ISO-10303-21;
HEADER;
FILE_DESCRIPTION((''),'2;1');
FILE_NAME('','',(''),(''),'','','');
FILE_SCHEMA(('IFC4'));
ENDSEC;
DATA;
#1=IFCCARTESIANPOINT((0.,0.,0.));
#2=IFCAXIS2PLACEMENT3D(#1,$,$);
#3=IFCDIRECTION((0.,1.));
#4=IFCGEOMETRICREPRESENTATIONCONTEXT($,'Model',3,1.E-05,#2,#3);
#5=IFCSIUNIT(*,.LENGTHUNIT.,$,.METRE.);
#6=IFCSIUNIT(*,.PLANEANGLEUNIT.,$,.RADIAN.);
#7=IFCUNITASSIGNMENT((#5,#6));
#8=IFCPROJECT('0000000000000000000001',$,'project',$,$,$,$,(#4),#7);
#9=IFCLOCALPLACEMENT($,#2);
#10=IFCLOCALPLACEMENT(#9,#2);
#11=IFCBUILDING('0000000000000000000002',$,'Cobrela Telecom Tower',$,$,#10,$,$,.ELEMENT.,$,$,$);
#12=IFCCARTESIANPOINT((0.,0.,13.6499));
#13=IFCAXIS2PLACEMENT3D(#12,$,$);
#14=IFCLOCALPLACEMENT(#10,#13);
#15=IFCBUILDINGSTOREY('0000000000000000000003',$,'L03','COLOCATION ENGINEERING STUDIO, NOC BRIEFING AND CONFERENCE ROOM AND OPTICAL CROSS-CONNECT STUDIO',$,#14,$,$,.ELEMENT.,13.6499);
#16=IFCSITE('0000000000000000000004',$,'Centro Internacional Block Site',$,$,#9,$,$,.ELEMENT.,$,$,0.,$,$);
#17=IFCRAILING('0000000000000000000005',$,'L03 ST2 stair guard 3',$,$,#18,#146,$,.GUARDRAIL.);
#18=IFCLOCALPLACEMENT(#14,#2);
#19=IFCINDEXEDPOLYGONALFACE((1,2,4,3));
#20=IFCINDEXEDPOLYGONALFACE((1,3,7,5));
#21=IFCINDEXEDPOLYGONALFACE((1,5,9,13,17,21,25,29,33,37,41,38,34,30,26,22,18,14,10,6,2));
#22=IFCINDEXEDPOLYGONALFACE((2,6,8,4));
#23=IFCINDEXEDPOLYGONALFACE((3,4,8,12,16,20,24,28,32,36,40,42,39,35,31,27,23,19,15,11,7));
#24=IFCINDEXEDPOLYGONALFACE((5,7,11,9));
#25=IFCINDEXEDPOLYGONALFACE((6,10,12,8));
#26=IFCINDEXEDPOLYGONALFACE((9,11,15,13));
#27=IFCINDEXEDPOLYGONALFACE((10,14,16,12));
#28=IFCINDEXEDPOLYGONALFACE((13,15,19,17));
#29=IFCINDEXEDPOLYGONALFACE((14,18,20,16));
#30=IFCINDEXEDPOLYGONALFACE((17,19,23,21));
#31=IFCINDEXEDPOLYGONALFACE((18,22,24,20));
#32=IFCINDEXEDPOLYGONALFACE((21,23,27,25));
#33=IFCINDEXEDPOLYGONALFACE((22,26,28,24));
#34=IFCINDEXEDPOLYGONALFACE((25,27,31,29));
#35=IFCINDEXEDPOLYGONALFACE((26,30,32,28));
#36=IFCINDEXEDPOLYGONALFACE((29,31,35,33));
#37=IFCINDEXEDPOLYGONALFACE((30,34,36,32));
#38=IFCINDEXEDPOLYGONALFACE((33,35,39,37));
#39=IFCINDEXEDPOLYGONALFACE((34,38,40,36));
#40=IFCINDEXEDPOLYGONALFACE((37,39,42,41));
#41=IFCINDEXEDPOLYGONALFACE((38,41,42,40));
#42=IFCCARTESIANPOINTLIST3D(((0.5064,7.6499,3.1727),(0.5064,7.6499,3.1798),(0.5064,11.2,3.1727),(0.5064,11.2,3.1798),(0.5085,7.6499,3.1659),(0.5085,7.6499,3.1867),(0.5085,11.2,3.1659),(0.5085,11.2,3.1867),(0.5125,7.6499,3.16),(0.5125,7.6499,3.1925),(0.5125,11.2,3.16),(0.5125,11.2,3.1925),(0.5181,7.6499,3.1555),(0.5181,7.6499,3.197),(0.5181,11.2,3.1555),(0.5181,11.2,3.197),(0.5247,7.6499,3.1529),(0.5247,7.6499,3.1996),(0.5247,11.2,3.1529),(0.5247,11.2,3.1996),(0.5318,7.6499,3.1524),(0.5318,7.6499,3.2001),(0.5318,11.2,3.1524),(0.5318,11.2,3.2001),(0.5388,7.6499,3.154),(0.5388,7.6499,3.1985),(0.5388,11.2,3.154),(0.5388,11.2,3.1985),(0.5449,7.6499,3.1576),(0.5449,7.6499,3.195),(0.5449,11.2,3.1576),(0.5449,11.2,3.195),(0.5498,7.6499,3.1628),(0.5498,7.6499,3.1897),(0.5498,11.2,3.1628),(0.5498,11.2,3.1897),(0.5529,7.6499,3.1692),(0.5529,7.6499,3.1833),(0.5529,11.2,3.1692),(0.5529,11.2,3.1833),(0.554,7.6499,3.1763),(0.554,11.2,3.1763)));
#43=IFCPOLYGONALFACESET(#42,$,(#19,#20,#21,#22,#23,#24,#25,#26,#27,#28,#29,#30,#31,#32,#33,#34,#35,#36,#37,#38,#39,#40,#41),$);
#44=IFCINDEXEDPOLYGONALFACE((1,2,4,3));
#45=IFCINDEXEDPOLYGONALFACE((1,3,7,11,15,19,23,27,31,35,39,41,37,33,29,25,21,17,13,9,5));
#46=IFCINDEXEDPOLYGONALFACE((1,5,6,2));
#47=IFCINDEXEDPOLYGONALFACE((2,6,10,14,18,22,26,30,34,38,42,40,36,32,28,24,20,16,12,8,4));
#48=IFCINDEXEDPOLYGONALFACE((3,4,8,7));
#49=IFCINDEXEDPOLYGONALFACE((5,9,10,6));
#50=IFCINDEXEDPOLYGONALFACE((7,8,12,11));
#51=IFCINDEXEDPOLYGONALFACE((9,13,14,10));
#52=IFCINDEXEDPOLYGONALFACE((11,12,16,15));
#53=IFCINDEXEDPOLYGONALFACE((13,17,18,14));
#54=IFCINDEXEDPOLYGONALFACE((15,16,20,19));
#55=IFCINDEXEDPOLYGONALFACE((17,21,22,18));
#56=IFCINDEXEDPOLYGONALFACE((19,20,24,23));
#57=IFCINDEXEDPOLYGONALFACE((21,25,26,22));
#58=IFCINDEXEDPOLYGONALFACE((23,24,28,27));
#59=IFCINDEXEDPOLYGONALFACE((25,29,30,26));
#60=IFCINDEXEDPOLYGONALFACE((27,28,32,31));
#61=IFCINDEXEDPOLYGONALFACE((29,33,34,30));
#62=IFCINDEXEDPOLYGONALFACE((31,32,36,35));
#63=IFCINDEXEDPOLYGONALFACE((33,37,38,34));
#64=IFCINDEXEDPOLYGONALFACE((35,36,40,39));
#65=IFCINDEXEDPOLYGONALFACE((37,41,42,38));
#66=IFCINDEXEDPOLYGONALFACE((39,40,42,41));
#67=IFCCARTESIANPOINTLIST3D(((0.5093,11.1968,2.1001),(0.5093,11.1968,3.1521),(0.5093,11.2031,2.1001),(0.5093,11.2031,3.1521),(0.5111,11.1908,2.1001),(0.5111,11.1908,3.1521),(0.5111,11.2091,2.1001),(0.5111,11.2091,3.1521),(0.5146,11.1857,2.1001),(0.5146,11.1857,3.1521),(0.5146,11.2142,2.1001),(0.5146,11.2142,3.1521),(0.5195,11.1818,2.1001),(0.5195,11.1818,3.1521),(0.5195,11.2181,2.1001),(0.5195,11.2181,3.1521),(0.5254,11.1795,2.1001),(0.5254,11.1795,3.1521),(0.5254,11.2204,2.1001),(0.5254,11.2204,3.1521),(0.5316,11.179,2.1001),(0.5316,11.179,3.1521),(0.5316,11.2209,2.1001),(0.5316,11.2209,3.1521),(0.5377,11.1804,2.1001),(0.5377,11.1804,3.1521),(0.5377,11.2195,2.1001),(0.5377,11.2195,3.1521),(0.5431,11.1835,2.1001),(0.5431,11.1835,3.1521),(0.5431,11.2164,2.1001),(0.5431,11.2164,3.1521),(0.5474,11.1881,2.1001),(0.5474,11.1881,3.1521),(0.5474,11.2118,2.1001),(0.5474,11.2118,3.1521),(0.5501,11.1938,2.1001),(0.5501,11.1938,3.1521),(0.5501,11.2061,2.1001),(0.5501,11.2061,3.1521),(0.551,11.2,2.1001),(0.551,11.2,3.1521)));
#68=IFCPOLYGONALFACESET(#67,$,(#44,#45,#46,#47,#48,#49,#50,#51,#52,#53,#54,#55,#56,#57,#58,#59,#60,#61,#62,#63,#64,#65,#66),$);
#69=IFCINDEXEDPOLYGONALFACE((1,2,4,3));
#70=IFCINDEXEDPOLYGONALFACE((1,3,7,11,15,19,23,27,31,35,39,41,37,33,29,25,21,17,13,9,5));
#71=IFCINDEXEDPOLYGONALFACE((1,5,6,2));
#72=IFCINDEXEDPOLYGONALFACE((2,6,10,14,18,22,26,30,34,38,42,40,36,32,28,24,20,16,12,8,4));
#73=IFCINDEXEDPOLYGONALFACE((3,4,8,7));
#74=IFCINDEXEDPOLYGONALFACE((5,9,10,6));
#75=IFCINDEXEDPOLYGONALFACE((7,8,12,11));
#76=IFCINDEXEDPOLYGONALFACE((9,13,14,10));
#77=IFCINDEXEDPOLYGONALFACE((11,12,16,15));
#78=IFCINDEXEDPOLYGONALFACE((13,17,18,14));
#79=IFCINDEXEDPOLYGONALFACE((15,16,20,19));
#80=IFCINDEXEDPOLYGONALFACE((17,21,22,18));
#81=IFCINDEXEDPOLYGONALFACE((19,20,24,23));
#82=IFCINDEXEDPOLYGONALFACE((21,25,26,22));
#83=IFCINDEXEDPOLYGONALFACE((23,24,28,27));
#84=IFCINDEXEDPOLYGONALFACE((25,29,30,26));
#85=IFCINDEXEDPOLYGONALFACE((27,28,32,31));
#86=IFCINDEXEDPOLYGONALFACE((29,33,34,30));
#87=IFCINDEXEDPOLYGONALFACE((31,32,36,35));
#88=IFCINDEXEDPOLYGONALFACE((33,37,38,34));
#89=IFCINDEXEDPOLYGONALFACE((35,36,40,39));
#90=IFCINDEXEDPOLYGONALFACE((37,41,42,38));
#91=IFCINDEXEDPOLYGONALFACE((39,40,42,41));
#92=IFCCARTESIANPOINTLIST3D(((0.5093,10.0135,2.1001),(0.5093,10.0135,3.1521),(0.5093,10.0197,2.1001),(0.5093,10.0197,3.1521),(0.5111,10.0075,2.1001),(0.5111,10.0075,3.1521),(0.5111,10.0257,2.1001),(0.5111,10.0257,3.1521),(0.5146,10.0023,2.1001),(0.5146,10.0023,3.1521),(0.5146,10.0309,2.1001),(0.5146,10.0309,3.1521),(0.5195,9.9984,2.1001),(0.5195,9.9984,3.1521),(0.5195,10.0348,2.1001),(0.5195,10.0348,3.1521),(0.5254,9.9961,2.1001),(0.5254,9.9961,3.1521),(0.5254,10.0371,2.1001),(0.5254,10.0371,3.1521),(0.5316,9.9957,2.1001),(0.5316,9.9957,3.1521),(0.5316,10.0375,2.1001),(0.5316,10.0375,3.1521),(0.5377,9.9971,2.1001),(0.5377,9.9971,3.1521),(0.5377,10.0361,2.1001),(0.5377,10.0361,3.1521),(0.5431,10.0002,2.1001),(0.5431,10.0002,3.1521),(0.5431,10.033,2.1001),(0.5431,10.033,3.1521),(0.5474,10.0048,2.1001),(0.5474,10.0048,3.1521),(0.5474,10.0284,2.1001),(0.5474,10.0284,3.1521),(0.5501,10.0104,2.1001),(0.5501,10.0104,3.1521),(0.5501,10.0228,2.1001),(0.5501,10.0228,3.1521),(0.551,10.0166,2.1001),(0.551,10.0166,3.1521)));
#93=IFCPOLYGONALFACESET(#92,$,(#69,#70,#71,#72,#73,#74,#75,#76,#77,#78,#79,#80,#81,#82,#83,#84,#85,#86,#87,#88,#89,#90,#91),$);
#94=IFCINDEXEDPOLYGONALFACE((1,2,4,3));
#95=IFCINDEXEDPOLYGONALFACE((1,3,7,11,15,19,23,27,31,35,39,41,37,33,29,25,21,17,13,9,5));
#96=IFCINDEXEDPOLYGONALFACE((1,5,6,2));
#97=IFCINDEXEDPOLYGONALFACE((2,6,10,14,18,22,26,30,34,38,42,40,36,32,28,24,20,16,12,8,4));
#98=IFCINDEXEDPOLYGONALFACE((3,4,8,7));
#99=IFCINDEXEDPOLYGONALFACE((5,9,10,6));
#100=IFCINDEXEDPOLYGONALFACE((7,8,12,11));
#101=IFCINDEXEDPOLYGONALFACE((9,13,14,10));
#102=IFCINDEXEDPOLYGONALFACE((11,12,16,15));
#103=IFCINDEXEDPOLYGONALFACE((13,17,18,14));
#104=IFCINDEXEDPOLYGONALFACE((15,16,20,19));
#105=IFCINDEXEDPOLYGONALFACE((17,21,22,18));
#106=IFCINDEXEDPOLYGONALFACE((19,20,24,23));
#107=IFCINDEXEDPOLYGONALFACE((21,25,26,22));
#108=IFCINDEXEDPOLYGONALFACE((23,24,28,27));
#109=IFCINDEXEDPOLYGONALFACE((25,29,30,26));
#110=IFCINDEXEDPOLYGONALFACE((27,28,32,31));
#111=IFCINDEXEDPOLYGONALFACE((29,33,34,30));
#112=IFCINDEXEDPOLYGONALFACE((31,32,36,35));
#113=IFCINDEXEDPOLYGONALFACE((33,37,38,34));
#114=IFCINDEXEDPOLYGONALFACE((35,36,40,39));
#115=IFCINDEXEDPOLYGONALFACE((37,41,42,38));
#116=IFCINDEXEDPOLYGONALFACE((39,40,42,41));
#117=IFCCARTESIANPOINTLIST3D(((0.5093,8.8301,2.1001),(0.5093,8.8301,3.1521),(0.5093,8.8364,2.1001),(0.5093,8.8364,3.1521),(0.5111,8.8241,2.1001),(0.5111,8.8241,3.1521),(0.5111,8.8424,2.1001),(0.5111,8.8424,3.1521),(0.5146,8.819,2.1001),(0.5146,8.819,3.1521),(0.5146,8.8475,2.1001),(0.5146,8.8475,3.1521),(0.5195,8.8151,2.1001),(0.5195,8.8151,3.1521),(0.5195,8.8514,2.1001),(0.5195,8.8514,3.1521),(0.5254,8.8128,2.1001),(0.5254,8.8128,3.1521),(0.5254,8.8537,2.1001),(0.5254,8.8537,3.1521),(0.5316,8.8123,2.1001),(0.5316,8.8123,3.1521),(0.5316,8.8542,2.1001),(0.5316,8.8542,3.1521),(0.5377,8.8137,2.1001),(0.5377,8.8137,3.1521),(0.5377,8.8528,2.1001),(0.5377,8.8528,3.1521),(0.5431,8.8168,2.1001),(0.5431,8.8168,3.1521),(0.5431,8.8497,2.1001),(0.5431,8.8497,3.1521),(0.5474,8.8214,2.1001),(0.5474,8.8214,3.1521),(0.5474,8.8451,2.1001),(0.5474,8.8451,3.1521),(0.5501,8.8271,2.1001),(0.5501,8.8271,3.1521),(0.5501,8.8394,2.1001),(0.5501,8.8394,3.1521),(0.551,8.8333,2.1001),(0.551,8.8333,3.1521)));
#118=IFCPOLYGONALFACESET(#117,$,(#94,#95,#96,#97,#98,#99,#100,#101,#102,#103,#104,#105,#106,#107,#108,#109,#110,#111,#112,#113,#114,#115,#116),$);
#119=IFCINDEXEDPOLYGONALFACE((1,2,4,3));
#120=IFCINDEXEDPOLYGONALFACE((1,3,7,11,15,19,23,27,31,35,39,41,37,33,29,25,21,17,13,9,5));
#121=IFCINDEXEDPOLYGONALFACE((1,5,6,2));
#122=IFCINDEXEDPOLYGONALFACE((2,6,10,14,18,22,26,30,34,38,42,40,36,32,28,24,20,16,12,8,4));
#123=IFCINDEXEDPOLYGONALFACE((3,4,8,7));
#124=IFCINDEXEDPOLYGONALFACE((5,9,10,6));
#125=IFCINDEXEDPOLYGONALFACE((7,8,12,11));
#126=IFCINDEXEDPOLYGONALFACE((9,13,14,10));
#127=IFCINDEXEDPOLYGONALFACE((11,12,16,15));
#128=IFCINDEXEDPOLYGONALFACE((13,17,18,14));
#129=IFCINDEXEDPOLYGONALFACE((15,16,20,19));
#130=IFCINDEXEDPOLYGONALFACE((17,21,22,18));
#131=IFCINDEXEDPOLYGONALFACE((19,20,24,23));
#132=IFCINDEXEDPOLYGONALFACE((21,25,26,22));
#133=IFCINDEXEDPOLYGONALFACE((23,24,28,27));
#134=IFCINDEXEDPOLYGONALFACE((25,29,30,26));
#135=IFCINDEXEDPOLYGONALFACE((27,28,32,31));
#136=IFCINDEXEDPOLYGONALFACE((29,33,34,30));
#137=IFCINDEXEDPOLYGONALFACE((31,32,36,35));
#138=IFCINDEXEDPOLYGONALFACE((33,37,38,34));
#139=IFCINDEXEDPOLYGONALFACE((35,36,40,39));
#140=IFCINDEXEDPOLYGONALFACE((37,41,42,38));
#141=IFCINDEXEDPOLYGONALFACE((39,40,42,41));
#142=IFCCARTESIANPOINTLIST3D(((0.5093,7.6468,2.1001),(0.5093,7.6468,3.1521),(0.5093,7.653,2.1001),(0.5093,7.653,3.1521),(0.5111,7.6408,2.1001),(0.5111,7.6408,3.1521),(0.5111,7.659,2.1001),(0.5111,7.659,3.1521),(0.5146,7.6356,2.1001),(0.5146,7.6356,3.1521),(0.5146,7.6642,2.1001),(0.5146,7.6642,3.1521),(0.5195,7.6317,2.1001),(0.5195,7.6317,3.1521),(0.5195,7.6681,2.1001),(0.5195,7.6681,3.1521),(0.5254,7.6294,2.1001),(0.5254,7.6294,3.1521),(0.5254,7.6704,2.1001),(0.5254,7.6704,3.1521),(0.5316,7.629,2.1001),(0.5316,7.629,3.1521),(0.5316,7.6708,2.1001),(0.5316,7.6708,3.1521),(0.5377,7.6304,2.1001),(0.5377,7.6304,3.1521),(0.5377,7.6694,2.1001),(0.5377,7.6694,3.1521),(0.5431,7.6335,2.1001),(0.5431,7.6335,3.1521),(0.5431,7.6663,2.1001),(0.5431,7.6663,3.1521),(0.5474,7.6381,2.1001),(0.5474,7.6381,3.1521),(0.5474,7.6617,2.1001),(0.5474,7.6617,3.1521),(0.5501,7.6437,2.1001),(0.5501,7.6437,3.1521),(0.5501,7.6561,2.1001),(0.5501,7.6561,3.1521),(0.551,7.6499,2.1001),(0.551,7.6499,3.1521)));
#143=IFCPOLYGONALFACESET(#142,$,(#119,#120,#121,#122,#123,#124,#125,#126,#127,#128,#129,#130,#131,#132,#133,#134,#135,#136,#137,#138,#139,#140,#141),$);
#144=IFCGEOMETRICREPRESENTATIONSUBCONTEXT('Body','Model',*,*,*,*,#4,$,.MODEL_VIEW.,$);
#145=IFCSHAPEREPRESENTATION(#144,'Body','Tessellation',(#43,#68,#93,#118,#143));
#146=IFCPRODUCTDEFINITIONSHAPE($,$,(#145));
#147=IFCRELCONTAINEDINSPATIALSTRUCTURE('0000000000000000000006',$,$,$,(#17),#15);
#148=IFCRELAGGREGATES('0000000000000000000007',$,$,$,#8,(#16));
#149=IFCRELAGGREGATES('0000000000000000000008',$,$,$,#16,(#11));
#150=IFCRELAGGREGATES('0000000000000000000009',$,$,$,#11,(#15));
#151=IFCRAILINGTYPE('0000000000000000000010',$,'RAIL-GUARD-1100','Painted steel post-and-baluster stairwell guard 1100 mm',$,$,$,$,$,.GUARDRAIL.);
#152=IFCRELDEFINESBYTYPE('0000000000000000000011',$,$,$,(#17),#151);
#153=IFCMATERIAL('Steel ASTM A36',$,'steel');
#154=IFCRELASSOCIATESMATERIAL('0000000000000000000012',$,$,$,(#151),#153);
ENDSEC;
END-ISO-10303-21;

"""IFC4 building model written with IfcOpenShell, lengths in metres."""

from ifc_helpers import new_model, si_unit, direction, frame, origin, origin_2d, place, context, subcontext, project, spatial, circle, extrude, material, type_object, element, save


model = new_model("IFC4")

# Units and contexts
model_context = context("Model", 3, precision=1e-05, world=origin(), true_north=direction((0.0, 1.0)))
body_context = subcontext(model_context, "Body", "Model", "MODEL_VIEW")
ifc_project = project(units=[si_unit("LENGTHUNIT", "METRE"), si_unit("PLANEANGLEUNIT", "RADIAN")], contexts=[model_context])

# Site, building, storey
site_placement = place(None, origin())
site = spatial("IfcSite", under=ifc_project, at=site_placement, Name="Centro Internacional Block Site", CompositionType="ELEMENT", RefElevation=0.0)
building_placement = place(site_placement, origin())
building = spatial("IfcBuilding", under=site, at=building_placement, Name="Cobrela Telecom Tower", CompositionType="ELEMENT")
storey_placement = place(building_placement, frame((0.0, 0.0, 13.6499)))
storey = spatial("IfcBuildingStorey", under=building, at=storey_placement, Name="L03", Description="COLOCATION ENGINEERING STUDIO, NOC BRIEFING AND CONFERENCE ROOM AND OPTICAL CROSS-CONNECT STUDIO", CompositionType="ELEMENT", Elevation=13.6499)

# Railing
ifc_material_1 = material(Name="Steel ASTM A36", Category="steel")
railing_type_1 = type_object("IfcRailingType", Name="RAIL-GUARD-1100", Description="Painted steel post-and-baluster stairwell guard 1100 mm", PredefinedType="GUARDRAIL", material=ifc_material_1)
railing_1_placement = place(storey_placement, frame((0.53, 11.2, 2.1001)))
element("IfcRailing", 1, at=railing_1_placement, inside=storey, type_object=railing_type_1, Name="L03 ST2 stair guard 3", PredefinedType="GUARDRAIL", context=body_context, shape_type="SweptSolid", body=[
    extrude(circle(Radius=0.0239, at=origin_2d()), frame((0.0, 0.0, 1.0762), z_axis=(0.0, -1.0, 0.0), x_axis=(1.0, 0.0, 0.0)), (0.0, 0.0, 1.0), 3.55),
    extrude(circle(Radius=0.021, at=origin_2d()), origin(), (0.0, 0.0, 1.0), 1.052),
    extrude(circle(Radius=0.021, at=origin_2d()), frame((0.0, -1.1833, 0.0)), (0.0, 0.0, 1.0), 1.052),
    extrude(circle(Radius=0.021, at=origin_2d()), frame((0.0, -2.3667, 0.0)), (0.0, 0.0, 1.0), 1.052),
    extrude(circle(Radius=0.021, at=origin_2d()), frame((0.0, -3.55, 0.0)), (0.0, 0.0, 1.0), 1.052),
])

save(model, "model.ifc")
